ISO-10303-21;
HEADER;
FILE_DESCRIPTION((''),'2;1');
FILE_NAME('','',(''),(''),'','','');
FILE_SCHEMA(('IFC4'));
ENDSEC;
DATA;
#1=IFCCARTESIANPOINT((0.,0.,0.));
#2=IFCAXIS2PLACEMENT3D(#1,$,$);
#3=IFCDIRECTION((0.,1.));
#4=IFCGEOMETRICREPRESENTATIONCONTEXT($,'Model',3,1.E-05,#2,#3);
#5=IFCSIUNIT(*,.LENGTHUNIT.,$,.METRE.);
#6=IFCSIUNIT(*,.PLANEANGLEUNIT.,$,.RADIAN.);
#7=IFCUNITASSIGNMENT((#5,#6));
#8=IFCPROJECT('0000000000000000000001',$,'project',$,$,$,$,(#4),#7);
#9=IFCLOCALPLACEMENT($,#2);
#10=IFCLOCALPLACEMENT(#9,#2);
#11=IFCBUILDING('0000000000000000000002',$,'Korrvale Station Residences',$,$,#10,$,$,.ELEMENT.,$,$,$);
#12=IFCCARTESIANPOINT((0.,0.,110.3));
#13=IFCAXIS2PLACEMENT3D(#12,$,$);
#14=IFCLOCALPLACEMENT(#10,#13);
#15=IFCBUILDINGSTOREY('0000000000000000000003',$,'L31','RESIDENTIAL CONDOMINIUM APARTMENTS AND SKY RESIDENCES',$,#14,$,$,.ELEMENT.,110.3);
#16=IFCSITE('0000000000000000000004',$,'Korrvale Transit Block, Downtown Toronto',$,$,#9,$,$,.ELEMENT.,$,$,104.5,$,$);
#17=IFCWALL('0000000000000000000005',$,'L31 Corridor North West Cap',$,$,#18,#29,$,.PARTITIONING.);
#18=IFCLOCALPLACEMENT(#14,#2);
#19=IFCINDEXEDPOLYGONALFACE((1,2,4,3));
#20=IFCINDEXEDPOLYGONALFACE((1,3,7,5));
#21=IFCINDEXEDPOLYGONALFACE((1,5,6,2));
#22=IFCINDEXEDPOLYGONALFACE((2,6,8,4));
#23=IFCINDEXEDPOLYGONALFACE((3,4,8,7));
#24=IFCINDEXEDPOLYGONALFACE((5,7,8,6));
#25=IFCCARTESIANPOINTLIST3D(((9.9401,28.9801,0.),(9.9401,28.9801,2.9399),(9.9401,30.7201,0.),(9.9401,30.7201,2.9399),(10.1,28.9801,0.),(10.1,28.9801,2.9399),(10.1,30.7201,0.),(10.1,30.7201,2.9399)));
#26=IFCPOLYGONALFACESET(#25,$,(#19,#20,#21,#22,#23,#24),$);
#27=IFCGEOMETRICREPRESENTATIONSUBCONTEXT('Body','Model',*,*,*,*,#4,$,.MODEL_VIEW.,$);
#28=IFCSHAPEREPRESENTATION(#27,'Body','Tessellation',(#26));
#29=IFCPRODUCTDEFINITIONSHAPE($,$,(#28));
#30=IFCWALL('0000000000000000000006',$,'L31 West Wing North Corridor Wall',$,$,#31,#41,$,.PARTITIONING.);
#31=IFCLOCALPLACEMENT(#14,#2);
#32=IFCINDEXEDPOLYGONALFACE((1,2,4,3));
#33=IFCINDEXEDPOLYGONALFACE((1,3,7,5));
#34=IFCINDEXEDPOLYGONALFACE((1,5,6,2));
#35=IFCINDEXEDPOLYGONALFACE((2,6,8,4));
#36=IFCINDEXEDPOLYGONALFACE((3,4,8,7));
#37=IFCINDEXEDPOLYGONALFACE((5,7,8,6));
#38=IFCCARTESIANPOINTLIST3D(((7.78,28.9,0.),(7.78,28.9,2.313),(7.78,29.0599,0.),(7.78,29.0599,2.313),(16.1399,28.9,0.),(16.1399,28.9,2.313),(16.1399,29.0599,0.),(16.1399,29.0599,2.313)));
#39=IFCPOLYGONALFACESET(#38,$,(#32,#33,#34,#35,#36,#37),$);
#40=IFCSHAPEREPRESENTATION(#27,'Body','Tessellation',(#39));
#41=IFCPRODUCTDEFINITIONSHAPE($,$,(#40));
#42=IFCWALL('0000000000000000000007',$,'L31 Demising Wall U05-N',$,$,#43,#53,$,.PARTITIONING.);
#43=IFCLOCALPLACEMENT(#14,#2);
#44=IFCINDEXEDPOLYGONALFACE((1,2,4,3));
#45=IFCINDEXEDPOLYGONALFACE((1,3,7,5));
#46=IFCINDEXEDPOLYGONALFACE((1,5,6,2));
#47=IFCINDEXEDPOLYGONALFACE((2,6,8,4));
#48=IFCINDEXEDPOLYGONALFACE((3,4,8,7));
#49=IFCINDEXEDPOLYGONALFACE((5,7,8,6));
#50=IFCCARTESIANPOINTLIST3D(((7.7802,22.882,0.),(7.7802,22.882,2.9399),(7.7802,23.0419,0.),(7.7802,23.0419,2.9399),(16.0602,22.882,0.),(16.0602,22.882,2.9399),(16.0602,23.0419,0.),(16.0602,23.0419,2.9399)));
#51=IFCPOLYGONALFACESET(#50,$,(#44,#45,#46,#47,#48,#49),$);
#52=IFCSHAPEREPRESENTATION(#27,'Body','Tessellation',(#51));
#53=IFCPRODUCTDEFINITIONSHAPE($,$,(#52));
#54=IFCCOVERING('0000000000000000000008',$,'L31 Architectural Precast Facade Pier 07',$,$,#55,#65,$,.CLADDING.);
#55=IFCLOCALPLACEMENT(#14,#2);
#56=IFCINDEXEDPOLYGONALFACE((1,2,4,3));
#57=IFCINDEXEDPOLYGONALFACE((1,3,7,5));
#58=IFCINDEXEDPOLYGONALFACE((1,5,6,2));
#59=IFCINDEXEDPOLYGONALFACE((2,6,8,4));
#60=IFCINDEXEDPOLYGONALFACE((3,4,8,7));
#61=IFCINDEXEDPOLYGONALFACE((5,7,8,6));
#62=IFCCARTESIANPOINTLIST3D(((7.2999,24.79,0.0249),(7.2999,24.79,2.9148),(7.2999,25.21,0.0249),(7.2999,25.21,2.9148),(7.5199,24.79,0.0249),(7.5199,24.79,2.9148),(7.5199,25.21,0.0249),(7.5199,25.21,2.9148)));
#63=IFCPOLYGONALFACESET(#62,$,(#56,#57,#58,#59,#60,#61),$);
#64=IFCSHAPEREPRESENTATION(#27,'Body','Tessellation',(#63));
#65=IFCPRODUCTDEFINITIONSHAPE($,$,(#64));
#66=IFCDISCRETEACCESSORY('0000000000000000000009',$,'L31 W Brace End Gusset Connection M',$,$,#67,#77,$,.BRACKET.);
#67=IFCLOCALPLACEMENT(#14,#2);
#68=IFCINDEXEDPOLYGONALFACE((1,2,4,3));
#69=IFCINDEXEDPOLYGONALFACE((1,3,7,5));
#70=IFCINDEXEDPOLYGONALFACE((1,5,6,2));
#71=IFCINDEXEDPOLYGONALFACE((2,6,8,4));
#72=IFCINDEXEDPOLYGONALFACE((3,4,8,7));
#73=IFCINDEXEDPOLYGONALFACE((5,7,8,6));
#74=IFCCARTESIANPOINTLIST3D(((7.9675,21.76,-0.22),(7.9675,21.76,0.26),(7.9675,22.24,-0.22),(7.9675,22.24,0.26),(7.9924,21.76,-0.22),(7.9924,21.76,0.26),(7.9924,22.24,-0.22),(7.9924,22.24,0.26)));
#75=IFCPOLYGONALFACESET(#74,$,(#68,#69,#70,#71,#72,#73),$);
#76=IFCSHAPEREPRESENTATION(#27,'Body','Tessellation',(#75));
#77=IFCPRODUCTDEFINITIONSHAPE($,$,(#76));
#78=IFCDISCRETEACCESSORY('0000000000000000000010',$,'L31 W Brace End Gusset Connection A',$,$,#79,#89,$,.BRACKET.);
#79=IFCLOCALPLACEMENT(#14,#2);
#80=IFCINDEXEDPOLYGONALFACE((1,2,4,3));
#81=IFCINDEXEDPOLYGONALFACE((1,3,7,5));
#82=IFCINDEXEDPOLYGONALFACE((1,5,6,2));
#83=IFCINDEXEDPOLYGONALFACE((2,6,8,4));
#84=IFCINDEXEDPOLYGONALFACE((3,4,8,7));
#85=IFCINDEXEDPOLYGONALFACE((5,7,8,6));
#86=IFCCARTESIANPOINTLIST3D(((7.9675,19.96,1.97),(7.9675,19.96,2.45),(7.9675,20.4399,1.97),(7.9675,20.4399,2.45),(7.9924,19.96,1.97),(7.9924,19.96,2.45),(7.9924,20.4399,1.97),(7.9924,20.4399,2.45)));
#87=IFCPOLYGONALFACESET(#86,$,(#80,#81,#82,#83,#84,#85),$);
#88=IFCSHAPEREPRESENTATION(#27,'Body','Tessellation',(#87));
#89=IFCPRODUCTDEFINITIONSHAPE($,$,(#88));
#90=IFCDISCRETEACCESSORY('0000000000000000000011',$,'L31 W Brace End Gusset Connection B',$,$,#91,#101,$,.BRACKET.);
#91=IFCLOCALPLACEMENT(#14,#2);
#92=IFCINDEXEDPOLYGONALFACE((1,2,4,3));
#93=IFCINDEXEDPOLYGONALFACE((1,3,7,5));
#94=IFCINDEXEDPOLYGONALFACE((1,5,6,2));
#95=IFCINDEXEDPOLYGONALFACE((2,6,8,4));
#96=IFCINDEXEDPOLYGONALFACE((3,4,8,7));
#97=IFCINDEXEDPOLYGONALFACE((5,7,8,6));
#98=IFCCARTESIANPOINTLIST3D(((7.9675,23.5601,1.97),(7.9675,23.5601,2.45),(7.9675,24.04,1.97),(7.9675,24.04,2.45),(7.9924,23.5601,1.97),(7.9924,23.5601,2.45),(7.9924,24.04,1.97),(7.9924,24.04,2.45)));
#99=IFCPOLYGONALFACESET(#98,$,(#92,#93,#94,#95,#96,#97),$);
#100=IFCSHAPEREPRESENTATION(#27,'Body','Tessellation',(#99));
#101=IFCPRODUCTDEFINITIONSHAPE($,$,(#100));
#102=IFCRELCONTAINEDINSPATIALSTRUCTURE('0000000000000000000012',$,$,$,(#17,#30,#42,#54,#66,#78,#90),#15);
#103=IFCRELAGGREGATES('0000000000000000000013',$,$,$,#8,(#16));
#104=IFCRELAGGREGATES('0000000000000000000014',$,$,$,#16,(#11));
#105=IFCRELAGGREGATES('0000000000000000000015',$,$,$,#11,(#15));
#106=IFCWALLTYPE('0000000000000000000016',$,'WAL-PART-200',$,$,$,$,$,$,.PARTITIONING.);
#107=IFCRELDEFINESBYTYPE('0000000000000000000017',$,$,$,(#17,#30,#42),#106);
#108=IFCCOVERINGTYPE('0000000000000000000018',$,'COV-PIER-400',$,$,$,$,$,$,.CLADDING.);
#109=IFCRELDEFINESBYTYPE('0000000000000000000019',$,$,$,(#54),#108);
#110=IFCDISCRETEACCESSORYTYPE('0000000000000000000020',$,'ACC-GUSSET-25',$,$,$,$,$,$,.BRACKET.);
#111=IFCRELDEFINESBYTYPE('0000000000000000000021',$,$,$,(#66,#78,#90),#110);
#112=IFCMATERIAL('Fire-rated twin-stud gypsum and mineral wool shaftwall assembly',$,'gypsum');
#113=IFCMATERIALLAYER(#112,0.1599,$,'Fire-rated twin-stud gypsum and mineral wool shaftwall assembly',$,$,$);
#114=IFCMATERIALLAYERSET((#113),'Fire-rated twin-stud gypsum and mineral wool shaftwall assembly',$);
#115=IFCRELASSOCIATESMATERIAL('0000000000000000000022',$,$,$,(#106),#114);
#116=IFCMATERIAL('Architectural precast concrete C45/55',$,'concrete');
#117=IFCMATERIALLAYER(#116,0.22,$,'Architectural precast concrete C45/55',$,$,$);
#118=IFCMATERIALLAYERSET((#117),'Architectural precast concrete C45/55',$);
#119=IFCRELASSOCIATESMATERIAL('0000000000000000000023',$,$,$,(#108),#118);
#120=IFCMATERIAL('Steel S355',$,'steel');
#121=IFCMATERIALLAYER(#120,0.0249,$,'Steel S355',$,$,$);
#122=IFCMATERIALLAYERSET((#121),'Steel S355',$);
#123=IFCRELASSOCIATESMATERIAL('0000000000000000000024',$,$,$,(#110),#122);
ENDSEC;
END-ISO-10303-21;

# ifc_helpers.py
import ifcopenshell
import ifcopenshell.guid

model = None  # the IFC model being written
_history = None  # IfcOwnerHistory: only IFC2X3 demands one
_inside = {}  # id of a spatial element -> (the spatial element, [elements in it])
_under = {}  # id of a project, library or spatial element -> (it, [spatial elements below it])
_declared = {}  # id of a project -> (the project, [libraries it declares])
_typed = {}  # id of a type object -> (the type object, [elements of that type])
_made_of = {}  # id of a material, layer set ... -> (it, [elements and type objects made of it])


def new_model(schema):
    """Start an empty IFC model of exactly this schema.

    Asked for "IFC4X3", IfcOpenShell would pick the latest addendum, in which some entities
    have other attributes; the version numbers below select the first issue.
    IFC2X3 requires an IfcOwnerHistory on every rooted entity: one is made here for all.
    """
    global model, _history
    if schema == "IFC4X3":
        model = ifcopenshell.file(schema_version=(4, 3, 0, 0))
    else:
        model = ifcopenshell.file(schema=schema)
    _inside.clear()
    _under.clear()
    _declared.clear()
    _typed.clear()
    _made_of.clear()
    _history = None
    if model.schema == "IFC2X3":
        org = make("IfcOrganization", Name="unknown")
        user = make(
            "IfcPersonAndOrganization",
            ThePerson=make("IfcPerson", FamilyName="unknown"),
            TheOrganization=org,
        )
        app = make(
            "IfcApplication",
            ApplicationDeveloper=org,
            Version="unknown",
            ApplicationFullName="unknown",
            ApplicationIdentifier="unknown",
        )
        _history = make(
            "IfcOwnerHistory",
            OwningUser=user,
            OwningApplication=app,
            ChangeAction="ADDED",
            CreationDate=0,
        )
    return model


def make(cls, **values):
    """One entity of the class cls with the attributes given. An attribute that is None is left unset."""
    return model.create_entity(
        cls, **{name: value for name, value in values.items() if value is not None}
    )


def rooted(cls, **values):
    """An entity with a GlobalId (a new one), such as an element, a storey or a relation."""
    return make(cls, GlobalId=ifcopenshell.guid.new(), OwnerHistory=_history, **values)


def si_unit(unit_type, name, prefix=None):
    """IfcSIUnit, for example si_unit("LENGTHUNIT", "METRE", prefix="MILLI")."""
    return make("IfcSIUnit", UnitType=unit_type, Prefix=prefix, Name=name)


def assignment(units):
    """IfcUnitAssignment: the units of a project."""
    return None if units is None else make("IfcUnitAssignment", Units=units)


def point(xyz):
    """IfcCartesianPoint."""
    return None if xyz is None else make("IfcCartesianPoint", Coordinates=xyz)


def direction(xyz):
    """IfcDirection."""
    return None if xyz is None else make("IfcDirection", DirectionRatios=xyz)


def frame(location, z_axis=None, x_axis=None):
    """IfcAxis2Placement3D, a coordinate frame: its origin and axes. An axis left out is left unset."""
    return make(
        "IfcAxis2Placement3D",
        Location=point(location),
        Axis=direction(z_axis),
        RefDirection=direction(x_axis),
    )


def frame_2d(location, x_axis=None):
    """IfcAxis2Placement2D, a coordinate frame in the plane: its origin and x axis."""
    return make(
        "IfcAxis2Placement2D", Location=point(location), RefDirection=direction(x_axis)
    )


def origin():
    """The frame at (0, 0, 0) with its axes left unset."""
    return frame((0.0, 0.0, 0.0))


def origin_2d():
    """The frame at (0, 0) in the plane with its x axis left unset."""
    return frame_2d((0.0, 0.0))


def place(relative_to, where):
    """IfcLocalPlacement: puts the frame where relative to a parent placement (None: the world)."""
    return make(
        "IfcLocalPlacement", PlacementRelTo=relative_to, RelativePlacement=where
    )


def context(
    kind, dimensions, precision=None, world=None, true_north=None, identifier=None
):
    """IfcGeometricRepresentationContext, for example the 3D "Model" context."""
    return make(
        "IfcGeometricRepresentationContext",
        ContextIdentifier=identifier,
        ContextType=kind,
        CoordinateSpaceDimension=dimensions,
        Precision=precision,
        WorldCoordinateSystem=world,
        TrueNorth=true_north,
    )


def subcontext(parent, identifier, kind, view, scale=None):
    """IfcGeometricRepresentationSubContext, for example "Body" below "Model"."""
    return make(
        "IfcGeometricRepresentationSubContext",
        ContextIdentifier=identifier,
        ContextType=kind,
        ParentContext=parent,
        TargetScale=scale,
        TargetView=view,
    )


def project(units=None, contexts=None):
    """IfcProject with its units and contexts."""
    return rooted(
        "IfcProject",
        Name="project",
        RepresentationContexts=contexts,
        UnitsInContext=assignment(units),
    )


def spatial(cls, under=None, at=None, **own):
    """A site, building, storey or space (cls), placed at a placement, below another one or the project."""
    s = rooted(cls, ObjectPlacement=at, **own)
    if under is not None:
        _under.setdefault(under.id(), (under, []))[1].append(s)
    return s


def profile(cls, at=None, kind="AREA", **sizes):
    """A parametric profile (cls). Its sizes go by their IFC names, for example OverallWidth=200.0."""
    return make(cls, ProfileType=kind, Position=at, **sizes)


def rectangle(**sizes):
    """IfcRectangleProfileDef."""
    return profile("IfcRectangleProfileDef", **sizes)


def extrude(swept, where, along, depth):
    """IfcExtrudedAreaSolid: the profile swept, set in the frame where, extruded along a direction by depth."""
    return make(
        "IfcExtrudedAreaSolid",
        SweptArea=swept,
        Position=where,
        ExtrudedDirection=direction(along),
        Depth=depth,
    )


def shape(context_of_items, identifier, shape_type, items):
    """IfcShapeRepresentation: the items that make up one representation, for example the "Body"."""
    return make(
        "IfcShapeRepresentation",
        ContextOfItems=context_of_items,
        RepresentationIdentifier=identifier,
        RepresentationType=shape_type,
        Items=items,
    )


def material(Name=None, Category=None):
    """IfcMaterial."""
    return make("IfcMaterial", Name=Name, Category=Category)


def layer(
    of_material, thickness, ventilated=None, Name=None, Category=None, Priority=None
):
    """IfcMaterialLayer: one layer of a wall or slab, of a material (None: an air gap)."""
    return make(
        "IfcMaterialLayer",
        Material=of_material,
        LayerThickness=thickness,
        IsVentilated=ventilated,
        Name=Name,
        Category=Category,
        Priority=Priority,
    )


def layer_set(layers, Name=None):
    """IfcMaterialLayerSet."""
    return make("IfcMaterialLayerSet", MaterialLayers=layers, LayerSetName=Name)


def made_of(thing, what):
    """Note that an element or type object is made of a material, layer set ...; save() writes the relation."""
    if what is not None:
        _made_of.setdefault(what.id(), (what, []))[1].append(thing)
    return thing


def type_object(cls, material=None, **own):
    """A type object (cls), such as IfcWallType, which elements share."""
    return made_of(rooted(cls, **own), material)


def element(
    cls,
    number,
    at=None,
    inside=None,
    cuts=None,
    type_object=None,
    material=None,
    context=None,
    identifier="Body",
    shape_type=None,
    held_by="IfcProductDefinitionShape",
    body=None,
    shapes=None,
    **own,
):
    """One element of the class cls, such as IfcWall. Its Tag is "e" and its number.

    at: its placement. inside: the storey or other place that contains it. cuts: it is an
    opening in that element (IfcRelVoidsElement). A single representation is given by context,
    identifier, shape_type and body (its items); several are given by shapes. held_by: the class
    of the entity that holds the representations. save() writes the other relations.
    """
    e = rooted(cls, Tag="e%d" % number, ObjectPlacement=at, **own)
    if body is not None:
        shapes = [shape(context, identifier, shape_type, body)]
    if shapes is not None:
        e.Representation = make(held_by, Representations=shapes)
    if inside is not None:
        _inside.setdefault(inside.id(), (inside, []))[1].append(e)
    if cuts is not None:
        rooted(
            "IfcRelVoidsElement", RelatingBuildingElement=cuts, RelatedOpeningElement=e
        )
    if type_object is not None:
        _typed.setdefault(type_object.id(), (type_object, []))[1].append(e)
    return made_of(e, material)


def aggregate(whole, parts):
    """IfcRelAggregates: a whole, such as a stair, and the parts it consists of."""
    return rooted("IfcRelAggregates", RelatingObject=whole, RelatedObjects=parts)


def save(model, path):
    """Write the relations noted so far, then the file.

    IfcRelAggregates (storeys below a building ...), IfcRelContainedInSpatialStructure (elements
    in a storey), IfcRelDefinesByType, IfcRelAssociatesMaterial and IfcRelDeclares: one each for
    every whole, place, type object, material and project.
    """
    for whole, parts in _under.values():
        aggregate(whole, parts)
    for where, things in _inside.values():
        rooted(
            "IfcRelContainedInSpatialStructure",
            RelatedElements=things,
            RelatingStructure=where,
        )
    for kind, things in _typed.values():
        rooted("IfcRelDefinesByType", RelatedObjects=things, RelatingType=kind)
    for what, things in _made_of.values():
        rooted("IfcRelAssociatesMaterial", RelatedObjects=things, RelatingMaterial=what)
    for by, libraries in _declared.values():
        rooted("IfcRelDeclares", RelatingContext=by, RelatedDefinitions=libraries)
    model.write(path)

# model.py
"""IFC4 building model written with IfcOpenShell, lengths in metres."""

from ifc_helpers import new_model, si_unit, direction, frame, frame_2d, origin, origin_2d, place, context, subcontext, project, spatial, rectangle, extrude, material, layer, layer_set, type_object, element, save


model = new_model("IFC4")

# Units and contexts
model_context = context("Model", 3, precision=1e-05, world=origin(), true_north=direction((0.0, 1.0)))
body_context = subcontext(model_context, "Body", "Model", "MODEL_VIEW")
ifc_project = project(units=[si_unit("LENGTHUNIT", "METRE"), si_unit("PLANEANGLEUNIT", "RADIAN")], contexts=[model_context])

# Site, building, storey
site_placement = place(None, origin())
site = spatial("IfcSite", under=ifc_project, at=site_placement, Name="Korrvale Transit Block, Downtown Toronto", CompositionType="ELEMENT", RefElevation=104.5)
building_placement = place(site_placement, origin())
building = spatial("IfcBuilding", under=site, at=building_placement, Name="Korrvale Station Residences", CompositionType="ELEMENT")
storey_placement = place(building_placement, frame((0.0, 0.0, 110.3)))
storey = spatial("IfcBuildingStorey", under=building, at=storey_placement, Name="L31", Description="RESIDENTIAL CONDOMINIUM APARTMENTS AND SKY RESIDENCES", CompositionType="ELEMENT", Elevation=110.3)

# Shared definitions
ifc_material_1 = material(Name="Steel S355", Category="steel")

# Walls
ifc_material_2 = material(Name="Fire-rated twin-stud gypsum and mineral wool shaftwall assembly", Category="gypsum")
ifc_layer_1 = layer(ifc_material_2, 0.1599, Name="Fire-rated twin-stud gypsum and mineral wool shaftwall assembly")
ifc_layer_set_1 = layer_set([ifc_layer_1], Name="Fire-rated twin-stud gypsum and mineral wool shaftwall assembly")
wall_type_1 = type_object("IfcWallType", Name="WAL-PART-200", PredefinedType="PARTITIONING", material=ifc_layer_set_1)
wall_1_placement = place(storey_placement, frame((10.02, 28.98, 0.0), z_axis=(0.0, 0.0, 1.0), x_axis=(0.0, 1.0, 0.0)))
element("IfcWall", 1, at=wall_1_placement, inside=storey, type_object=wall_type_1, Name="L31 Corridor North West Cap", PredefinedType="PARTITIONING", context=body_context, shape_type="SweptSolid", body=[
    extrude(rectangle(XDim=1.74, YDim=0.1599, at=frame_2d((0.8701, 0.0))), origin(), (0.0, 0.0, 1.0), 2.9399),
])
wall_2_placement = place(storey_placement, frame((7.78, 28.98, 0.0), z_axis=(0.0, 0.0, 1.0), x_axis=(1.0, 0.0, 0.0)))
element("IfcWall", 2, at=wall_2_placement, inside=storey, type_object=wall_type_1, Name="L31 West Wing North Corridor Wall", PredefinedType="PARTITIONING", context=body_context, shape_type="SweptSolid", body=[
    extrude(rectangle(XDim=8.3599, YDim=0.1599, at=frame_2d((4.1799, 0.0))), origin(), (0.0, 0.0, 1.0), 2.313),
])
wall_3_placement = place(storey_placement, frame((7.78, 22.9619, 0.0), z_axis=(0.0, 0.0, 1.0), x_axis=(1.0, 0.0, 0.0)))
element("IfcWall", 3, at=wall_3_placement, inside=storey, type_object=wall_type_1, Name="L31 Demising Wall U05-N", PredefinedType="PARTITIONING", context=body_context, shape_type="SweptSolid", body=[
    extrude(rectangle(XDim=8.28, YDim=0.1599, at=frame_2d((4.1401, 0.0))), origin(), (0.0, 0.0, 1.0), 2.9399),
])

# Covering
ifc_material_3 = material(Name="Architectural precast concrete C45/55", Category="concrete")
ifc_layer_2 = layer(ifc_material_3, 0.22, Name="Architectural precast concrete C45/55")
ifc_layer_set_2 = layer_set([ifc_layer_2], Name="Architectural precast concrete C45/55")
covering_type = type_object("IfcCoveringType", Name="COV-PIER-400", PredefinedType="CLADDING", material=ifc_layer_set_2)
covering_placement = place(storey_placement, frame((7.4099, 25.0, 0.0249), z_axis=(0.0, 0.0, 1.0), x_axis=(0.0, 1.0, 0.0)))
element("IfcCovering", 4, at=covering_placement, inside=storey, type_object=covering_type, Name="L31 Architectural Precast Facade Pier 07", PredefinedType="CLADDING", context=body_context, shape_type="SweptSolid", body=[
    extrude(rectangle(XDim=0.4199, YDim=0.22, at=origin_2d()), origin(), (0.0, 0.0, 1.0), 2.8899),
])

# Discrete accessories
ifc_layer_3 = layer(ifc_material_1, 0.0249, Name="Steel S355")
ifc_layer_set_3 = layer_set([ifc_layer_3], Name="Steel S355")
discrete_accessory_type = type_object("IfcDiscreteAccessoryType", Name="ACC-GUSSET-25", PredefinedType="BRACKET", material=ifc_layer_set_3)
for number, where, z_axis, x_axis, name in (
    (5, (7.98, 22.0, -0.22), (0.0, 0.0, 1.0), (0.0, 1.0, 0.0), "L31 W Brace End Gusset Connection M"),
    (6, (7.98, 20.2, 1.97), (0.0, 0.0, 1.0), (0.0, 1.0, 0.0), "L31 W Brace End Gusset Connection A"),
    (7, (7.98, 23.8, 1.97), (0.0, 0.0, 1.0), (0.0, 1.0, 0.0), "L31 W Brace End Gusset Connection B"),
):
    element("IfcDiscreteAccessory", number, at=place(storey_placement, frame(where, z_axis=z_axis, x_axis=x_axis)), inside=storey, type_object=discrete_accessory_type, Name=name, PredefinedType="BRACKET", context=body_context, shape_type="SweptSolid", body=[
        extrude(rectangle(XDim=0.48, YDim=0.0249, at=origin_2d()), origin(), (0.0, 0.0, 1.0), 0.48),
    ])

save(model, "model.ifc")
